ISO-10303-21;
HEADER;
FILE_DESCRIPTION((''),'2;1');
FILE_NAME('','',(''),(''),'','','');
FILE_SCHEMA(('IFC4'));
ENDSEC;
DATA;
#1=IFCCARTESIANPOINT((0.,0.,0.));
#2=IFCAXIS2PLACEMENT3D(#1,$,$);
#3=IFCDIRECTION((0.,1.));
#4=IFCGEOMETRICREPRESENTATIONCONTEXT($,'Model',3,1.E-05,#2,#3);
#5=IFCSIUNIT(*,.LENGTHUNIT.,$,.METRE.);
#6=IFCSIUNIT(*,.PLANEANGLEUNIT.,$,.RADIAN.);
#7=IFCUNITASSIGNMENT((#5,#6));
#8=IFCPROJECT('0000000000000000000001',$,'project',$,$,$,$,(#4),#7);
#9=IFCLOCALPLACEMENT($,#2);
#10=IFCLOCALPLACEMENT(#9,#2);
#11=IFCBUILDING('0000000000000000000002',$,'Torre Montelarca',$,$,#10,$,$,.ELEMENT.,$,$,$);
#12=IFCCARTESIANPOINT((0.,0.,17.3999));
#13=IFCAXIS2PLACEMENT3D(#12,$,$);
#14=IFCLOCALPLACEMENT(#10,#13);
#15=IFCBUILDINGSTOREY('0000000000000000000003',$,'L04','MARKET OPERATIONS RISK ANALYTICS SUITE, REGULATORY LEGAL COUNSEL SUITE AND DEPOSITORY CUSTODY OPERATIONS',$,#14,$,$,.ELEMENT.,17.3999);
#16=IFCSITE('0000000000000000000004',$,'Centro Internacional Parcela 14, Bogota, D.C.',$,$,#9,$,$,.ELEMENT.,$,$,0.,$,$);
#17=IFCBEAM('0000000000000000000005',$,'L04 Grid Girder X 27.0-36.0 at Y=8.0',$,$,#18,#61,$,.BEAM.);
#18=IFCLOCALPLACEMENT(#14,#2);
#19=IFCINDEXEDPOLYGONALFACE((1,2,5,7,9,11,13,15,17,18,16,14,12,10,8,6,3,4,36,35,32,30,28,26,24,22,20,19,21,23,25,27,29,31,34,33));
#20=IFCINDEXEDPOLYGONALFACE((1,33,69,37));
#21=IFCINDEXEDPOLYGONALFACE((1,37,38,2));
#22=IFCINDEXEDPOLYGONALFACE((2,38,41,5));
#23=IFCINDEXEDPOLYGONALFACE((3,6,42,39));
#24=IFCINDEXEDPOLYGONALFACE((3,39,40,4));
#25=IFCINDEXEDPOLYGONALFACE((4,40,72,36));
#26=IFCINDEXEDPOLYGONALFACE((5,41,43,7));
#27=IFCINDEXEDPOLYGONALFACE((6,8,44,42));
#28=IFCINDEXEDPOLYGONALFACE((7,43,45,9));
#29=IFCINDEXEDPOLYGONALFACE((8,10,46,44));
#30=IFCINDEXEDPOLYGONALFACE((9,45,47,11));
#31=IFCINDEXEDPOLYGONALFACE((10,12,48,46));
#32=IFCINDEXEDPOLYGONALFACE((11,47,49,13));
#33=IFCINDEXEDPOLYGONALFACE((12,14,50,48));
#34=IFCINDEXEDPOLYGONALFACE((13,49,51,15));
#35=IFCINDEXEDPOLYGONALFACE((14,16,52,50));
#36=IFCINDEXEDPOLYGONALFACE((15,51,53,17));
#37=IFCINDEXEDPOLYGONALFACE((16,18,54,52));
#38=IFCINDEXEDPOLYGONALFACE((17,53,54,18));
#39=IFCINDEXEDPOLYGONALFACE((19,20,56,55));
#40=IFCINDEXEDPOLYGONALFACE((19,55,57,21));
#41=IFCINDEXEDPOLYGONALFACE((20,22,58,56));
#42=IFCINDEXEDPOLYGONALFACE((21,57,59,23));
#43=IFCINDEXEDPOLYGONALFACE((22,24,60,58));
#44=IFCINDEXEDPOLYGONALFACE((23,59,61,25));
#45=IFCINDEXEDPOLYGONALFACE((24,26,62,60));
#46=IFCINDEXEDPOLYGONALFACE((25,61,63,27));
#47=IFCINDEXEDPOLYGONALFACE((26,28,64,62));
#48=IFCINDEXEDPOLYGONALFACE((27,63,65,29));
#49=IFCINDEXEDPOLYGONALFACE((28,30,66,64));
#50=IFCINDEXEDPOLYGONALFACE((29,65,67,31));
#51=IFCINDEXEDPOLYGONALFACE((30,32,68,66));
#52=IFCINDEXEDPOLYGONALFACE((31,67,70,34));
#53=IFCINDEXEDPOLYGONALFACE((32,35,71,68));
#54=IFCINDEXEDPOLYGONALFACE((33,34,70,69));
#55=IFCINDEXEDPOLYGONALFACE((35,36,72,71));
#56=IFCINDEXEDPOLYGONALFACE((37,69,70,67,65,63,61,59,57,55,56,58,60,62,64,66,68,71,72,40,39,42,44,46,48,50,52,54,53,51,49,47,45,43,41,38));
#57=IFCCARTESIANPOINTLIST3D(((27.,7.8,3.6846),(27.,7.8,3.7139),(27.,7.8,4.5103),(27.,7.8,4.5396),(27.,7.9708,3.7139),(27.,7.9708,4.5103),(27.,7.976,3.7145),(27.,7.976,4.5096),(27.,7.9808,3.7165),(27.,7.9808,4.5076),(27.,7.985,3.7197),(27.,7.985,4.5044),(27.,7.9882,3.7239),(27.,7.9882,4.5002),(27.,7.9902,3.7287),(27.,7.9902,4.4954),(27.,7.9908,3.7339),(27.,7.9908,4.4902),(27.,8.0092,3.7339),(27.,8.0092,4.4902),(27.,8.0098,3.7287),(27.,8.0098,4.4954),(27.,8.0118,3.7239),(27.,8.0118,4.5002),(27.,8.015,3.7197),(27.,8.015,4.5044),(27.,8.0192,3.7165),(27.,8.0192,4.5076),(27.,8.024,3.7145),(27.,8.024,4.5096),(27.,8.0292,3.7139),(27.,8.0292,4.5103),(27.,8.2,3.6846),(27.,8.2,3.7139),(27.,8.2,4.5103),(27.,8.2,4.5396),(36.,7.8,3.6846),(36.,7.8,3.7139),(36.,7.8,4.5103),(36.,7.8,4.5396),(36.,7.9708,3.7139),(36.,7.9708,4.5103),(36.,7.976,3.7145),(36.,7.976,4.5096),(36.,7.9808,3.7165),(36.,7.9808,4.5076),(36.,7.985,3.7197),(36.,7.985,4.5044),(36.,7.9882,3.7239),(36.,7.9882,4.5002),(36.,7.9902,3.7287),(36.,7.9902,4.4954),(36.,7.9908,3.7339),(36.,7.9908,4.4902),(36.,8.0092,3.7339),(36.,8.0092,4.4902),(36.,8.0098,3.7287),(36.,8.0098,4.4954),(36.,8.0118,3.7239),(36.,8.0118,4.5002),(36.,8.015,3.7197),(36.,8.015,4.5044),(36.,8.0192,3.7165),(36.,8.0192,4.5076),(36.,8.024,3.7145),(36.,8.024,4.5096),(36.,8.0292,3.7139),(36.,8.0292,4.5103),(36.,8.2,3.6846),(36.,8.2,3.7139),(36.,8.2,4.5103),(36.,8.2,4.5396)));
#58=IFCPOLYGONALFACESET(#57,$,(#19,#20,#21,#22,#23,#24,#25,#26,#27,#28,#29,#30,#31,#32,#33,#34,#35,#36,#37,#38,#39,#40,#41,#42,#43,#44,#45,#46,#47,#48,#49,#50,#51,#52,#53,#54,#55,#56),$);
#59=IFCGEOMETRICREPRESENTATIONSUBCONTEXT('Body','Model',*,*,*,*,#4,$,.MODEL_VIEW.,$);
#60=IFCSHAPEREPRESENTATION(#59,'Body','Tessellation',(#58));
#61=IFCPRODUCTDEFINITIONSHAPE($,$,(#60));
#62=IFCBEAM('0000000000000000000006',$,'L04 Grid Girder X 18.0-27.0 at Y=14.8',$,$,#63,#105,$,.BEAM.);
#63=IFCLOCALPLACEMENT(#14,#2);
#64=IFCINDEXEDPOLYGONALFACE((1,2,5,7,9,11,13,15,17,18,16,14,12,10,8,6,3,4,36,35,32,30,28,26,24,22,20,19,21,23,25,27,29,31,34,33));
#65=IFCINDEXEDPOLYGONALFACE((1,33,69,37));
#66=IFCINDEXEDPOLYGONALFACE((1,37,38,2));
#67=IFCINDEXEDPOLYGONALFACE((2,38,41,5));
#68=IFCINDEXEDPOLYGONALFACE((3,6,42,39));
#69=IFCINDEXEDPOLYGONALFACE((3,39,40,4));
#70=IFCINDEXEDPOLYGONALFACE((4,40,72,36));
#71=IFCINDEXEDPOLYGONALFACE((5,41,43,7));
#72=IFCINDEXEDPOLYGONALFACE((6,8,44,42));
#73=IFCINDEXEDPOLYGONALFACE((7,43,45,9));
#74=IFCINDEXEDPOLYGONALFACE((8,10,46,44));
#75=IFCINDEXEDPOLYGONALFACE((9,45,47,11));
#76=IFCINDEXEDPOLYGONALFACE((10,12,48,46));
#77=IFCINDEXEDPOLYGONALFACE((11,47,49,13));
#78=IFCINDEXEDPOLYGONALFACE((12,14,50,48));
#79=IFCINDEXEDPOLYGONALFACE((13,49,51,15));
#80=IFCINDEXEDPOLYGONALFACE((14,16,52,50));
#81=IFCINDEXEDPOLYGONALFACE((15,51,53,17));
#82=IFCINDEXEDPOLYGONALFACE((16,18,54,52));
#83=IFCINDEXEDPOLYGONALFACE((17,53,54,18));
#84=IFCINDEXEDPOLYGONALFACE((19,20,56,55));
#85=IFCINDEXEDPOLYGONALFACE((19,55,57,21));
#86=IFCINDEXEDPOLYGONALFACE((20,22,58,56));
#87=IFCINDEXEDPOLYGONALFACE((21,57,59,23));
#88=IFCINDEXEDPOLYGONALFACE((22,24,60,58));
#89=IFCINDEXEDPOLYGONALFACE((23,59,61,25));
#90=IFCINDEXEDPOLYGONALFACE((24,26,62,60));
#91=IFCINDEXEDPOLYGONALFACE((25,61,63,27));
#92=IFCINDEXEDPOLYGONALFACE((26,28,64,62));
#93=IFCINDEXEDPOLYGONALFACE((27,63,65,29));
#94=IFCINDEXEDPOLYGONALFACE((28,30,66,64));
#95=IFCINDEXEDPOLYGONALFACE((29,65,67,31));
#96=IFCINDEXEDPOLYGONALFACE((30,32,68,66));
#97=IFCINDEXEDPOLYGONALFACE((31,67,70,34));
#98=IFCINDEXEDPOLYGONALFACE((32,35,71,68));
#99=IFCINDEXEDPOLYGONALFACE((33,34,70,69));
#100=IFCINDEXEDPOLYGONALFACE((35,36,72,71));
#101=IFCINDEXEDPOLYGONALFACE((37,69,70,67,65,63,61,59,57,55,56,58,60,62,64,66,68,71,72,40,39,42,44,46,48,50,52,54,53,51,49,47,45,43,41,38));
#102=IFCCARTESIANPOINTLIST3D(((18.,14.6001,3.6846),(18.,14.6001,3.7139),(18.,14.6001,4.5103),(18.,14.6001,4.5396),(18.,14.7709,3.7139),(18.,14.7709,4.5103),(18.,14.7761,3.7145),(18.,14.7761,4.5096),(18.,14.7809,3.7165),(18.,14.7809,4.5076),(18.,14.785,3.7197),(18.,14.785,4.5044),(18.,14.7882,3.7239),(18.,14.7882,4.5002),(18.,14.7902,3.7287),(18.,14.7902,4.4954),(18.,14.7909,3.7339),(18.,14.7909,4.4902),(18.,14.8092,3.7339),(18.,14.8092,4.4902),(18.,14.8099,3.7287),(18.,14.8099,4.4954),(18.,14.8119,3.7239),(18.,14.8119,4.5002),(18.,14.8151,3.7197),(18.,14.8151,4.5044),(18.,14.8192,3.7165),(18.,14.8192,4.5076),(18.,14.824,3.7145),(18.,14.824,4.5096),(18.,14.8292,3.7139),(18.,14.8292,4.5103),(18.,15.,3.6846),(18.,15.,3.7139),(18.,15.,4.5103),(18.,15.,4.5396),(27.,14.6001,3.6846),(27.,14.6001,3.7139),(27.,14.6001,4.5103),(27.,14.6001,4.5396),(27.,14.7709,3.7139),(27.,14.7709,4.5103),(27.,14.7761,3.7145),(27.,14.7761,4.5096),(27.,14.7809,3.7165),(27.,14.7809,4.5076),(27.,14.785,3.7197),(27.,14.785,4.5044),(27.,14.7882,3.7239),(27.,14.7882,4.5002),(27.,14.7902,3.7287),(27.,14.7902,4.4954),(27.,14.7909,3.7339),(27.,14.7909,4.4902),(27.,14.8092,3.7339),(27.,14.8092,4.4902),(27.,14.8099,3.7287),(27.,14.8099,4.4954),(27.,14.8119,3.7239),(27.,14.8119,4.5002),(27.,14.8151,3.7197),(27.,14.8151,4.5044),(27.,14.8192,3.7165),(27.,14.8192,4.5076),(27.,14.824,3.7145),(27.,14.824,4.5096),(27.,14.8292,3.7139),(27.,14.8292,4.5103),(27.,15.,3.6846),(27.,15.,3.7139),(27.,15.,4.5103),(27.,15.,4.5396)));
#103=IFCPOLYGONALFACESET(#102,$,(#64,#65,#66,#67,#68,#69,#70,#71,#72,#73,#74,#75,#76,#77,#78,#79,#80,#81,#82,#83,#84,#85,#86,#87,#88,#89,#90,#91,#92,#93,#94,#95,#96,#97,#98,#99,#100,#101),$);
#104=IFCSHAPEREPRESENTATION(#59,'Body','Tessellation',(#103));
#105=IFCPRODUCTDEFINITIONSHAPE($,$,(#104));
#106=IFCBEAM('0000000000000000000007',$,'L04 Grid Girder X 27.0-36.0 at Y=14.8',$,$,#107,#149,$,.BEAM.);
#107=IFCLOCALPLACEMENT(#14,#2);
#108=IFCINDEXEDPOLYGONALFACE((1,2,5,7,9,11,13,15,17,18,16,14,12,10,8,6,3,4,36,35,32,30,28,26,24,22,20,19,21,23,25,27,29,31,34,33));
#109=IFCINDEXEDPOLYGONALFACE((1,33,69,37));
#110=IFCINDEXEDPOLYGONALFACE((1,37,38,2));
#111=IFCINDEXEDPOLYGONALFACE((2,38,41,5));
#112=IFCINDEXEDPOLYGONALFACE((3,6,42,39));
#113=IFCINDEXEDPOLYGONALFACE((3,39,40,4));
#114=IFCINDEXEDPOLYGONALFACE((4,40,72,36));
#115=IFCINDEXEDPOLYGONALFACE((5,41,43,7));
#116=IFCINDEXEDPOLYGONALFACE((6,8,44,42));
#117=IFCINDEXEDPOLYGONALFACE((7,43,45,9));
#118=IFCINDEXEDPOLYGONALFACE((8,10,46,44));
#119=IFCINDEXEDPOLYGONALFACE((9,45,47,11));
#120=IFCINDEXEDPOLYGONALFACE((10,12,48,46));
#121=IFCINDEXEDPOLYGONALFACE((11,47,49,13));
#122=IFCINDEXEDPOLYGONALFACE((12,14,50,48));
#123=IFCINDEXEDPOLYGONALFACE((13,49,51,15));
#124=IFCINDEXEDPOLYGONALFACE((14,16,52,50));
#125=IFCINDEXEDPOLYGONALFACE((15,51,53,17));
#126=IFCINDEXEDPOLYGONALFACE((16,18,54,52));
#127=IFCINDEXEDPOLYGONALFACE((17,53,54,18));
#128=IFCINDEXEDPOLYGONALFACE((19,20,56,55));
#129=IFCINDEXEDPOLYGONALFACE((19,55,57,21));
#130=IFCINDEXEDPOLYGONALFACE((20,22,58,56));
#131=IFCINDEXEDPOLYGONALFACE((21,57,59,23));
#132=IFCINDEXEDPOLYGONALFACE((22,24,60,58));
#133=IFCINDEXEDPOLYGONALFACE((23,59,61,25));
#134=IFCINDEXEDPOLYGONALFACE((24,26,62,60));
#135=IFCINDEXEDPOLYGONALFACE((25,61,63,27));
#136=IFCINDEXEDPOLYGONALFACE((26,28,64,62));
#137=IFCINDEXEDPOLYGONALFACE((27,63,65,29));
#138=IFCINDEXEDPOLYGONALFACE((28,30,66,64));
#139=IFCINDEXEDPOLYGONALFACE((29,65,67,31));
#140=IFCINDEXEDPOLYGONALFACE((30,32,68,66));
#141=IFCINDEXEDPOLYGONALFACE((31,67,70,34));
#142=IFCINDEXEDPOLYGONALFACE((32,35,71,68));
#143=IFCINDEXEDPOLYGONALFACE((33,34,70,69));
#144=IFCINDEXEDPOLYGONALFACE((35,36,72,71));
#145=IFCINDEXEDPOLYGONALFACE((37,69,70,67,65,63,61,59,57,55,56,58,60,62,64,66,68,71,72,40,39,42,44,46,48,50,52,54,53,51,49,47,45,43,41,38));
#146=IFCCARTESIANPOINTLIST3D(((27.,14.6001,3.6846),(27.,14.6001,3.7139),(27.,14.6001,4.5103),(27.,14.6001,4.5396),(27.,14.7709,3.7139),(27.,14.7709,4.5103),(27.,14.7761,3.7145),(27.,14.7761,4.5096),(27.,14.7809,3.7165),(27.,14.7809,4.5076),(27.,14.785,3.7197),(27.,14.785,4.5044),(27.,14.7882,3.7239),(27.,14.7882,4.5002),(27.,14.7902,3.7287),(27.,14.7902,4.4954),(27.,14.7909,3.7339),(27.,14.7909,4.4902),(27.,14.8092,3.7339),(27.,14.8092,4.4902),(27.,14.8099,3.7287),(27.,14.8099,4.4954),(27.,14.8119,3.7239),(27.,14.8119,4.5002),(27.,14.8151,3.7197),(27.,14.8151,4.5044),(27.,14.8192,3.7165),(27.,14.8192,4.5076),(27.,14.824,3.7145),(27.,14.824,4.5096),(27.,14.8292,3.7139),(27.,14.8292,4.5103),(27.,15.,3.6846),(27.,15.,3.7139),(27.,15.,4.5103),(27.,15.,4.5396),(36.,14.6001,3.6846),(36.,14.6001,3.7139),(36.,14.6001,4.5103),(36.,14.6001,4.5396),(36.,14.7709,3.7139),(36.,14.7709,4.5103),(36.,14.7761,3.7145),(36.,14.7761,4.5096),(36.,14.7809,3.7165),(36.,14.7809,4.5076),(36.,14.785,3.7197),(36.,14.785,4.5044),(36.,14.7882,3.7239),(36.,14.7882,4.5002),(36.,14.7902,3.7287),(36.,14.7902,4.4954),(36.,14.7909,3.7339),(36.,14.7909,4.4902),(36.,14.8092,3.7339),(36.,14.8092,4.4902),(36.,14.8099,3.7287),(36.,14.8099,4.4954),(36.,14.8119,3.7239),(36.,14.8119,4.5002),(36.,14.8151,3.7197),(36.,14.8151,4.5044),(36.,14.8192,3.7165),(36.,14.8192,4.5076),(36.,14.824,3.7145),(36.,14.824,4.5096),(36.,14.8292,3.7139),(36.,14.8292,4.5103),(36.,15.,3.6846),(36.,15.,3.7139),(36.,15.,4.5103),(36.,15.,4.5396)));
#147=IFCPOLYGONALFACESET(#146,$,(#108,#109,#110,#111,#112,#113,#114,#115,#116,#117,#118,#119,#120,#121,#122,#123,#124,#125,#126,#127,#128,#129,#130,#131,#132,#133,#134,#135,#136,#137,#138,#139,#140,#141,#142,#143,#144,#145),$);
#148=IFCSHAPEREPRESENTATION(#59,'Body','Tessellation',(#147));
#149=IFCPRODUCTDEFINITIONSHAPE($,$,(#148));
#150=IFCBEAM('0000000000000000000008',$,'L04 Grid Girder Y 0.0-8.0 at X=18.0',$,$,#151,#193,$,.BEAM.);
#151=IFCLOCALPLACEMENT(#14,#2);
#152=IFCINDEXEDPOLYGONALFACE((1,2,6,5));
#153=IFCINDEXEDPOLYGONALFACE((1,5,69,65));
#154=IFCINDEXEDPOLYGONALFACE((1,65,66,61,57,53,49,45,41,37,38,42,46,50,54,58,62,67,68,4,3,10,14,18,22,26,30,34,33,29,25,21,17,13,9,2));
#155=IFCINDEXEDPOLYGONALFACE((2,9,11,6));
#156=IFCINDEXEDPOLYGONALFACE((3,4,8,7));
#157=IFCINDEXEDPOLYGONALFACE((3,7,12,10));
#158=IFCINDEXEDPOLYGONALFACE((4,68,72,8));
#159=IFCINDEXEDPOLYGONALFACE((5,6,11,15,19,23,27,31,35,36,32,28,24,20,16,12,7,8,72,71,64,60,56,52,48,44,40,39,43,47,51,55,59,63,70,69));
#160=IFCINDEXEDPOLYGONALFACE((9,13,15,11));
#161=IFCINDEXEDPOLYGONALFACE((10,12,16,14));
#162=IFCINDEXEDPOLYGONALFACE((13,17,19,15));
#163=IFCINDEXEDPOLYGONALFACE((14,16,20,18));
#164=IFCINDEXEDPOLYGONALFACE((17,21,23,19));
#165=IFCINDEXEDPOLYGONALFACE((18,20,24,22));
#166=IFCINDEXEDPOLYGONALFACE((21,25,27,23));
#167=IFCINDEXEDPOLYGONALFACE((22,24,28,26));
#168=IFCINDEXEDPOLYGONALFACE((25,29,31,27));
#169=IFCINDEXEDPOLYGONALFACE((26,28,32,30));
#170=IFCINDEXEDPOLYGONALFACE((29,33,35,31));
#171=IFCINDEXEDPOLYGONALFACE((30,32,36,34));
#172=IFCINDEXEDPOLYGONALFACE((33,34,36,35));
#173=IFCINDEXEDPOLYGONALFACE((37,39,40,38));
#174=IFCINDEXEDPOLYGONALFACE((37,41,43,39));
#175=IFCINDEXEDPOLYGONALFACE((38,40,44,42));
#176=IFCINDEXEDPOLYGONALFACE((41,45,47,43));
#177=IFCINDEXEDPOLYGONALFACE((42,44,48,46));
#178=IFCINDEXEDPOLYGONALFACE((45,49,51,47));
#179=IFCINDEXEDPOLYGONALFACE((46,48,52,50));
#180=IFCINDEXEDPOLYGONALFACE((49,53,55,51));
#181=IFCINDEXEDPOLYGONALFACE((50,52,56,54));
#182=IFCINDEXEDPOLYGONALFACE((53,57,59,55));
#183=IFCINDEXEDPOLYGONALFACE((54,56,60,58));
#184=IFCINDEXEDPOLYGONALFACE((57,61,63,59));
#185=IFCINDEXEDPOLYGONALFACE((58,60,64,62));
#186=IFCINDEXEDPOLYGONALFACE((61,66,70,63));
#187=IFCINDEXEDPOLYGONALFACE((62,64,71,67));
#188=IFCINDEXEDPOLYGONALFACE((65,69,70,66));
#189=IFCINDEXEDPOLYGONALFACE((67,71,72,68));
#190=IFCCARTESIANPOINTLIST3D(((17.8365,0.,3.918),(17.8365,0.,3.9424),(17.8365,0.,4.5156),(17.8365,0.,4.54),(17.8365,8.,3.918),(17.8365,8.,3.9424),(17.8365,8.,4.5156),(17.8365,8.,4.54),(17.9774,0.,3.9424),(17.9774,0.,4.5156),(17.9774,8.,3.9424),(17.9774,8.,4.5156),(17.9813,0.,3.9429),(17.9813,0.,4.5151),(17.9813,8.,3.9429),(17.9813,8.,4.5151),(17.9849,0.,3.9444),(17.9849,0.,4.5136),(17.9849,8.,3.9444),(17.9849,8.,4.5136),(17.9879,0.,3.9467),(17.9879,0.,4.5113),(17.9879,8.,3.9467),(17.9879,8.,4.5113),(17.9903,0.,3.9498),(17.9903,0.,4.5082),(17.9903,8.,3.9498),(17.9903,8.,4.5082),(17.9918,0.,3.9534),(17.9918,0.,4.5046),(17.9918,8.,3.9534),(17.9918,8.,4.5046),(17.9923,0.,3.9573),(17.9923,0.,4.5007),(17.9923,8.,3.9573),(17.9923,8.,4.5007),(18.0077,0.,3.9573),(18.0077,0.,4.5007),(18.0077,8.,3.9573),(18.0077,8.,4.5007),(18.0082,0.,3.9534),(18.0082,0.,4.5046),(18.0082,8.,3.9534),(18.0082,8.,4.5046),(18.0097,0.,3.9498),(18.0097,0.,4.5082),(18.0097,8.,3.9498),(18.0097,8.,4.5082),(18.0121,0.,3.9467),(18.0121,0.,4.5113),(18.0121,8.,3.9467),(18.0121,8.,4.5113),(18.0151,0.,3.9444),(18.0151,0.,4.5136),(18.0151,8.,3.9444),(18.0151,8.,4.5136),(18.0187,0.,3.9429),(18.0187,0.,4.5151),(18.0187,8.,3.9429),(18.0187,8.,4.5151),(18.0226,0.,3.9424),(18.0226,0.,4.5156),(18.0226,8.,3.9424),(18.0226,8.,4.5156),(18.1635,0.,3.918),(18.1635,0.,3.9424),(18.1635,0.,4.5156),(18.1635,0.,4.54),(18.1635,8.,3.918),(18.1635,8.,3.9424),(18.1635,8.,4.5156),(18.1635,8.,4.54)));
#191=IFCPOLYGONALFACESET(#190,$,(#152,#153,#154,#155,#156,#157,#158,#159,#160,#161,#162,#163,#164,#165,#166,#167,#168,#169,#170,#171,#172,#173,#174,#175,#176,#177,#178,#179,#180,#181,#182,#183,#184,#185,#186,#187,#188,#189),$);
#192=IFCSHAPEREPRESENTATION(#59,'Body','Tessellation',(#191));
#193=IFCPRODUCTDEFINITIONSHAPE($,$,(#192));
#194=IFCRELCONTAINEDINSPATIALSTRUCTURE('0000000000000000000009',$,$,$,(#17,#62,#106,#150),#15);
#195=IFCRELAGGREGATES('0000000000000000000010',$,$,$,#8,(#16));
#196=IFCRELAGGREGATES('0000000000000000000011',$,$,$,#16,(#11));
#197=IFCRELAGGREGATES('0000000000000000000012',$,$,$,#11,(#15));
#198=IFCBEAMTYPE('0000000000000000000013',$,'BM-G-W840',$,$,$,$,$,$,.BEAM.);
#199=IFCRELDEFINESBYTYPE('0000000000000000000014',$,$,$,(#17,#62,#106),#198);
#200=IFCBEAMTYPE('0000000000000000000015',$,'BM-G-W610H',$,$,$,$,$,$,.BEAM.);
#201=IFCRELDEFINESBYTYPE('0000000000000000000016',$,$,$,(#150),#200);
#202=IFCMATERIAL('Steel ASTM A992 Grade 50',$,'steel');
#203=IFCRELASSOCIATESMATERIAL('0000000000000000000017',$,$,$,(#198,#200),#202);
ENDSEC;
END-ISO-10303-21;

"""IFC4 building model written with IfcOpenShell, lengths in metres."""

from ifc_helpers import new_model, si_unit, direction, frame, origin, origin_2d, place, context, subcontext, project, spatial, i_section, extrude, source, transform, mapped, material, material_profile, profile_set, type_object, element, save


model = new_model("IFC4")

# Units and contexts
model_context = context("Model", 3, precision=1e-05, world=origin(), true_north=direction((0.0, 1.0)))
body_context = subcontext(model_context, "Body", "Model", "MODEL_VIEW")
ifc_project = project(units=[si_unit("LENGTHUNIT", "METRE"), si_unit("PLANEANGLEUNIT", "RADIAN")], contexts=[model_context])

# Site, building, storey
site_placement = place(None, origin())
site = spatial("IfcSite", under=ifc_project, at=site_placement, Name="Centro Internacional Parcela 14, Bogota, D.C.", CompositionType="ELEMENT", RefElevation=0.0)
building_placement = place(site_placement, origin())
building = spatial("IfcBuilding", under=site, at=building_placement, Name="Torre Montelarca", CompositionType="ELEMENT")
storey_placement = place(building_placement, frame((0.0, 0.0, 17.3999)))
storey = spatial("IfcBuildingStorey", under=building, at=storey_placement, Name="L04", Description="MARKET OPERATIONS RISK ANALYTICS SUITE, REGULATORY LEGAL COUNSEL SUITE AND DEPOSITORY CUSTODY OPERATIONS", CompositionType="ELEMENT", Elevation=17.3999)

# Beams
ifc_material_1 = material(Name="Steel ASTM A992 Grade 50", Category="steel")
ifc_material_profile_1 = material_profile(ifc_material_1, i_section(OverallWidth=0.3999, OverallDepth=0.855, WebThickness=0.0183, FlangeThickness=0.0293, FilletRadius=0.02, at=origin_2d()), Name="W840X299", Category="steel")
ifc_profile_set_1 = profile_set([ifc_material_profile_1], Name="Steel ASTM A992 Grade 50")
beam_type_1 = type_object("IfcBeamType", Name="BM-G-W840", PredefinedType="BEAM", material=ifc_profile_set_1)
shared_shape_1 = source(origin(), body_context, "Body", "SweptSolid", [
    extrude(i_section(OverallWidth=0.3999, OverallDepth=0.855, WebThickness=0.0183, FlangeThickness=0.0293, FilletRadius=0.02, at=origin_2d()), origin(), (0.0, 0.0, 1.0), 9.0),
])
for number, where, z_axis, x_axis, name in (
    (1, (27.0, 8.0, 4.1121), (1.0, 0.0, 0.0), (0.0, 1.0, 0.0), "L04 Grid Girder X 27.0-36.0 at Y=8.0"),
    (2, (18.0, 14.8, 4.1121), (1.0, 0.0, 0.0), (0.0, 1.0, 0.0), "L04 Grid Girder X 18.0-27.0 at Y=14.8"),
    (3, (27.0, 14.8, 4.1121), (1.0, 0.0, 0.0), (0.0, 1.0, 0.0), "L04 Grid Girder X 27.0-36.0 at Y=14.8"),
):
    element("IfcBeam", number, at=place(storey_placement, frame(where, z_axis=z_axis, x_axis=x_axis)), inside=storey, type_object=beam_type_1, Name=name, PredefinedType="BEAM", context=body_context, shape_type="MappedRepresentation", body=[
        mapped(shared_shape_1, transform((0.0, 0.0, 0.0), scale=1.0)),
    ])
ifc_material_profile_2 = material_profile(ifc_material_1, i_section(OverallWidth=0.3269, OverallDepth=0.6221, WebThickness=0.0154, FlangeThickness=0.0244, FilletRadius=0.0149, at=origin_2d()), Name="W610X195", Category="steel")
ifc_profile_set_2 = profile_set([ifc_material_profile_2], Name="Steel ASTM A992 Grade 50")
beam_type_2 = type_object("IfcBeamType", Name="BM-G-W610H", PredefinedType="BEAM", material=ifc_profile_set_2)
shared_shape_2 = source(origin(), body_context, "Body", "SweptSolid", [
    extrude(i_section(OverallWidth=0.3269, OverallDepth=0.6221, WebThickness=0.0154, FlangeThickness=0.0244, FilletRadius=0.0149, at=origin_2d()), origin(), (0.0, 0.0, 1.0), 8.0),
])
for number, where, z_axis, x_axis, name in (
    (4, (18.0, 0.0, 4.229), (0.0, 1.0, 0.0), (-1.0, 0.0, 0.0), "L04 Grid Girder Y 0.0-8.0 at X=18.0"),
):
    element("IfcBeam", number, at=place(storey_placement, frame(where, z_axis=z_axis, x_axis=x_axis)), inside=storey, type_object=beam_type_2, Name=name, PredefinedType="BEAM", context=body_context, shape_type="MappedRepresentation", body=[
        mapped(shared_shape_2, transform((0.0, 0.0, 0.0), scale=1.0)),
    ])

save(model, "model.ifc")
